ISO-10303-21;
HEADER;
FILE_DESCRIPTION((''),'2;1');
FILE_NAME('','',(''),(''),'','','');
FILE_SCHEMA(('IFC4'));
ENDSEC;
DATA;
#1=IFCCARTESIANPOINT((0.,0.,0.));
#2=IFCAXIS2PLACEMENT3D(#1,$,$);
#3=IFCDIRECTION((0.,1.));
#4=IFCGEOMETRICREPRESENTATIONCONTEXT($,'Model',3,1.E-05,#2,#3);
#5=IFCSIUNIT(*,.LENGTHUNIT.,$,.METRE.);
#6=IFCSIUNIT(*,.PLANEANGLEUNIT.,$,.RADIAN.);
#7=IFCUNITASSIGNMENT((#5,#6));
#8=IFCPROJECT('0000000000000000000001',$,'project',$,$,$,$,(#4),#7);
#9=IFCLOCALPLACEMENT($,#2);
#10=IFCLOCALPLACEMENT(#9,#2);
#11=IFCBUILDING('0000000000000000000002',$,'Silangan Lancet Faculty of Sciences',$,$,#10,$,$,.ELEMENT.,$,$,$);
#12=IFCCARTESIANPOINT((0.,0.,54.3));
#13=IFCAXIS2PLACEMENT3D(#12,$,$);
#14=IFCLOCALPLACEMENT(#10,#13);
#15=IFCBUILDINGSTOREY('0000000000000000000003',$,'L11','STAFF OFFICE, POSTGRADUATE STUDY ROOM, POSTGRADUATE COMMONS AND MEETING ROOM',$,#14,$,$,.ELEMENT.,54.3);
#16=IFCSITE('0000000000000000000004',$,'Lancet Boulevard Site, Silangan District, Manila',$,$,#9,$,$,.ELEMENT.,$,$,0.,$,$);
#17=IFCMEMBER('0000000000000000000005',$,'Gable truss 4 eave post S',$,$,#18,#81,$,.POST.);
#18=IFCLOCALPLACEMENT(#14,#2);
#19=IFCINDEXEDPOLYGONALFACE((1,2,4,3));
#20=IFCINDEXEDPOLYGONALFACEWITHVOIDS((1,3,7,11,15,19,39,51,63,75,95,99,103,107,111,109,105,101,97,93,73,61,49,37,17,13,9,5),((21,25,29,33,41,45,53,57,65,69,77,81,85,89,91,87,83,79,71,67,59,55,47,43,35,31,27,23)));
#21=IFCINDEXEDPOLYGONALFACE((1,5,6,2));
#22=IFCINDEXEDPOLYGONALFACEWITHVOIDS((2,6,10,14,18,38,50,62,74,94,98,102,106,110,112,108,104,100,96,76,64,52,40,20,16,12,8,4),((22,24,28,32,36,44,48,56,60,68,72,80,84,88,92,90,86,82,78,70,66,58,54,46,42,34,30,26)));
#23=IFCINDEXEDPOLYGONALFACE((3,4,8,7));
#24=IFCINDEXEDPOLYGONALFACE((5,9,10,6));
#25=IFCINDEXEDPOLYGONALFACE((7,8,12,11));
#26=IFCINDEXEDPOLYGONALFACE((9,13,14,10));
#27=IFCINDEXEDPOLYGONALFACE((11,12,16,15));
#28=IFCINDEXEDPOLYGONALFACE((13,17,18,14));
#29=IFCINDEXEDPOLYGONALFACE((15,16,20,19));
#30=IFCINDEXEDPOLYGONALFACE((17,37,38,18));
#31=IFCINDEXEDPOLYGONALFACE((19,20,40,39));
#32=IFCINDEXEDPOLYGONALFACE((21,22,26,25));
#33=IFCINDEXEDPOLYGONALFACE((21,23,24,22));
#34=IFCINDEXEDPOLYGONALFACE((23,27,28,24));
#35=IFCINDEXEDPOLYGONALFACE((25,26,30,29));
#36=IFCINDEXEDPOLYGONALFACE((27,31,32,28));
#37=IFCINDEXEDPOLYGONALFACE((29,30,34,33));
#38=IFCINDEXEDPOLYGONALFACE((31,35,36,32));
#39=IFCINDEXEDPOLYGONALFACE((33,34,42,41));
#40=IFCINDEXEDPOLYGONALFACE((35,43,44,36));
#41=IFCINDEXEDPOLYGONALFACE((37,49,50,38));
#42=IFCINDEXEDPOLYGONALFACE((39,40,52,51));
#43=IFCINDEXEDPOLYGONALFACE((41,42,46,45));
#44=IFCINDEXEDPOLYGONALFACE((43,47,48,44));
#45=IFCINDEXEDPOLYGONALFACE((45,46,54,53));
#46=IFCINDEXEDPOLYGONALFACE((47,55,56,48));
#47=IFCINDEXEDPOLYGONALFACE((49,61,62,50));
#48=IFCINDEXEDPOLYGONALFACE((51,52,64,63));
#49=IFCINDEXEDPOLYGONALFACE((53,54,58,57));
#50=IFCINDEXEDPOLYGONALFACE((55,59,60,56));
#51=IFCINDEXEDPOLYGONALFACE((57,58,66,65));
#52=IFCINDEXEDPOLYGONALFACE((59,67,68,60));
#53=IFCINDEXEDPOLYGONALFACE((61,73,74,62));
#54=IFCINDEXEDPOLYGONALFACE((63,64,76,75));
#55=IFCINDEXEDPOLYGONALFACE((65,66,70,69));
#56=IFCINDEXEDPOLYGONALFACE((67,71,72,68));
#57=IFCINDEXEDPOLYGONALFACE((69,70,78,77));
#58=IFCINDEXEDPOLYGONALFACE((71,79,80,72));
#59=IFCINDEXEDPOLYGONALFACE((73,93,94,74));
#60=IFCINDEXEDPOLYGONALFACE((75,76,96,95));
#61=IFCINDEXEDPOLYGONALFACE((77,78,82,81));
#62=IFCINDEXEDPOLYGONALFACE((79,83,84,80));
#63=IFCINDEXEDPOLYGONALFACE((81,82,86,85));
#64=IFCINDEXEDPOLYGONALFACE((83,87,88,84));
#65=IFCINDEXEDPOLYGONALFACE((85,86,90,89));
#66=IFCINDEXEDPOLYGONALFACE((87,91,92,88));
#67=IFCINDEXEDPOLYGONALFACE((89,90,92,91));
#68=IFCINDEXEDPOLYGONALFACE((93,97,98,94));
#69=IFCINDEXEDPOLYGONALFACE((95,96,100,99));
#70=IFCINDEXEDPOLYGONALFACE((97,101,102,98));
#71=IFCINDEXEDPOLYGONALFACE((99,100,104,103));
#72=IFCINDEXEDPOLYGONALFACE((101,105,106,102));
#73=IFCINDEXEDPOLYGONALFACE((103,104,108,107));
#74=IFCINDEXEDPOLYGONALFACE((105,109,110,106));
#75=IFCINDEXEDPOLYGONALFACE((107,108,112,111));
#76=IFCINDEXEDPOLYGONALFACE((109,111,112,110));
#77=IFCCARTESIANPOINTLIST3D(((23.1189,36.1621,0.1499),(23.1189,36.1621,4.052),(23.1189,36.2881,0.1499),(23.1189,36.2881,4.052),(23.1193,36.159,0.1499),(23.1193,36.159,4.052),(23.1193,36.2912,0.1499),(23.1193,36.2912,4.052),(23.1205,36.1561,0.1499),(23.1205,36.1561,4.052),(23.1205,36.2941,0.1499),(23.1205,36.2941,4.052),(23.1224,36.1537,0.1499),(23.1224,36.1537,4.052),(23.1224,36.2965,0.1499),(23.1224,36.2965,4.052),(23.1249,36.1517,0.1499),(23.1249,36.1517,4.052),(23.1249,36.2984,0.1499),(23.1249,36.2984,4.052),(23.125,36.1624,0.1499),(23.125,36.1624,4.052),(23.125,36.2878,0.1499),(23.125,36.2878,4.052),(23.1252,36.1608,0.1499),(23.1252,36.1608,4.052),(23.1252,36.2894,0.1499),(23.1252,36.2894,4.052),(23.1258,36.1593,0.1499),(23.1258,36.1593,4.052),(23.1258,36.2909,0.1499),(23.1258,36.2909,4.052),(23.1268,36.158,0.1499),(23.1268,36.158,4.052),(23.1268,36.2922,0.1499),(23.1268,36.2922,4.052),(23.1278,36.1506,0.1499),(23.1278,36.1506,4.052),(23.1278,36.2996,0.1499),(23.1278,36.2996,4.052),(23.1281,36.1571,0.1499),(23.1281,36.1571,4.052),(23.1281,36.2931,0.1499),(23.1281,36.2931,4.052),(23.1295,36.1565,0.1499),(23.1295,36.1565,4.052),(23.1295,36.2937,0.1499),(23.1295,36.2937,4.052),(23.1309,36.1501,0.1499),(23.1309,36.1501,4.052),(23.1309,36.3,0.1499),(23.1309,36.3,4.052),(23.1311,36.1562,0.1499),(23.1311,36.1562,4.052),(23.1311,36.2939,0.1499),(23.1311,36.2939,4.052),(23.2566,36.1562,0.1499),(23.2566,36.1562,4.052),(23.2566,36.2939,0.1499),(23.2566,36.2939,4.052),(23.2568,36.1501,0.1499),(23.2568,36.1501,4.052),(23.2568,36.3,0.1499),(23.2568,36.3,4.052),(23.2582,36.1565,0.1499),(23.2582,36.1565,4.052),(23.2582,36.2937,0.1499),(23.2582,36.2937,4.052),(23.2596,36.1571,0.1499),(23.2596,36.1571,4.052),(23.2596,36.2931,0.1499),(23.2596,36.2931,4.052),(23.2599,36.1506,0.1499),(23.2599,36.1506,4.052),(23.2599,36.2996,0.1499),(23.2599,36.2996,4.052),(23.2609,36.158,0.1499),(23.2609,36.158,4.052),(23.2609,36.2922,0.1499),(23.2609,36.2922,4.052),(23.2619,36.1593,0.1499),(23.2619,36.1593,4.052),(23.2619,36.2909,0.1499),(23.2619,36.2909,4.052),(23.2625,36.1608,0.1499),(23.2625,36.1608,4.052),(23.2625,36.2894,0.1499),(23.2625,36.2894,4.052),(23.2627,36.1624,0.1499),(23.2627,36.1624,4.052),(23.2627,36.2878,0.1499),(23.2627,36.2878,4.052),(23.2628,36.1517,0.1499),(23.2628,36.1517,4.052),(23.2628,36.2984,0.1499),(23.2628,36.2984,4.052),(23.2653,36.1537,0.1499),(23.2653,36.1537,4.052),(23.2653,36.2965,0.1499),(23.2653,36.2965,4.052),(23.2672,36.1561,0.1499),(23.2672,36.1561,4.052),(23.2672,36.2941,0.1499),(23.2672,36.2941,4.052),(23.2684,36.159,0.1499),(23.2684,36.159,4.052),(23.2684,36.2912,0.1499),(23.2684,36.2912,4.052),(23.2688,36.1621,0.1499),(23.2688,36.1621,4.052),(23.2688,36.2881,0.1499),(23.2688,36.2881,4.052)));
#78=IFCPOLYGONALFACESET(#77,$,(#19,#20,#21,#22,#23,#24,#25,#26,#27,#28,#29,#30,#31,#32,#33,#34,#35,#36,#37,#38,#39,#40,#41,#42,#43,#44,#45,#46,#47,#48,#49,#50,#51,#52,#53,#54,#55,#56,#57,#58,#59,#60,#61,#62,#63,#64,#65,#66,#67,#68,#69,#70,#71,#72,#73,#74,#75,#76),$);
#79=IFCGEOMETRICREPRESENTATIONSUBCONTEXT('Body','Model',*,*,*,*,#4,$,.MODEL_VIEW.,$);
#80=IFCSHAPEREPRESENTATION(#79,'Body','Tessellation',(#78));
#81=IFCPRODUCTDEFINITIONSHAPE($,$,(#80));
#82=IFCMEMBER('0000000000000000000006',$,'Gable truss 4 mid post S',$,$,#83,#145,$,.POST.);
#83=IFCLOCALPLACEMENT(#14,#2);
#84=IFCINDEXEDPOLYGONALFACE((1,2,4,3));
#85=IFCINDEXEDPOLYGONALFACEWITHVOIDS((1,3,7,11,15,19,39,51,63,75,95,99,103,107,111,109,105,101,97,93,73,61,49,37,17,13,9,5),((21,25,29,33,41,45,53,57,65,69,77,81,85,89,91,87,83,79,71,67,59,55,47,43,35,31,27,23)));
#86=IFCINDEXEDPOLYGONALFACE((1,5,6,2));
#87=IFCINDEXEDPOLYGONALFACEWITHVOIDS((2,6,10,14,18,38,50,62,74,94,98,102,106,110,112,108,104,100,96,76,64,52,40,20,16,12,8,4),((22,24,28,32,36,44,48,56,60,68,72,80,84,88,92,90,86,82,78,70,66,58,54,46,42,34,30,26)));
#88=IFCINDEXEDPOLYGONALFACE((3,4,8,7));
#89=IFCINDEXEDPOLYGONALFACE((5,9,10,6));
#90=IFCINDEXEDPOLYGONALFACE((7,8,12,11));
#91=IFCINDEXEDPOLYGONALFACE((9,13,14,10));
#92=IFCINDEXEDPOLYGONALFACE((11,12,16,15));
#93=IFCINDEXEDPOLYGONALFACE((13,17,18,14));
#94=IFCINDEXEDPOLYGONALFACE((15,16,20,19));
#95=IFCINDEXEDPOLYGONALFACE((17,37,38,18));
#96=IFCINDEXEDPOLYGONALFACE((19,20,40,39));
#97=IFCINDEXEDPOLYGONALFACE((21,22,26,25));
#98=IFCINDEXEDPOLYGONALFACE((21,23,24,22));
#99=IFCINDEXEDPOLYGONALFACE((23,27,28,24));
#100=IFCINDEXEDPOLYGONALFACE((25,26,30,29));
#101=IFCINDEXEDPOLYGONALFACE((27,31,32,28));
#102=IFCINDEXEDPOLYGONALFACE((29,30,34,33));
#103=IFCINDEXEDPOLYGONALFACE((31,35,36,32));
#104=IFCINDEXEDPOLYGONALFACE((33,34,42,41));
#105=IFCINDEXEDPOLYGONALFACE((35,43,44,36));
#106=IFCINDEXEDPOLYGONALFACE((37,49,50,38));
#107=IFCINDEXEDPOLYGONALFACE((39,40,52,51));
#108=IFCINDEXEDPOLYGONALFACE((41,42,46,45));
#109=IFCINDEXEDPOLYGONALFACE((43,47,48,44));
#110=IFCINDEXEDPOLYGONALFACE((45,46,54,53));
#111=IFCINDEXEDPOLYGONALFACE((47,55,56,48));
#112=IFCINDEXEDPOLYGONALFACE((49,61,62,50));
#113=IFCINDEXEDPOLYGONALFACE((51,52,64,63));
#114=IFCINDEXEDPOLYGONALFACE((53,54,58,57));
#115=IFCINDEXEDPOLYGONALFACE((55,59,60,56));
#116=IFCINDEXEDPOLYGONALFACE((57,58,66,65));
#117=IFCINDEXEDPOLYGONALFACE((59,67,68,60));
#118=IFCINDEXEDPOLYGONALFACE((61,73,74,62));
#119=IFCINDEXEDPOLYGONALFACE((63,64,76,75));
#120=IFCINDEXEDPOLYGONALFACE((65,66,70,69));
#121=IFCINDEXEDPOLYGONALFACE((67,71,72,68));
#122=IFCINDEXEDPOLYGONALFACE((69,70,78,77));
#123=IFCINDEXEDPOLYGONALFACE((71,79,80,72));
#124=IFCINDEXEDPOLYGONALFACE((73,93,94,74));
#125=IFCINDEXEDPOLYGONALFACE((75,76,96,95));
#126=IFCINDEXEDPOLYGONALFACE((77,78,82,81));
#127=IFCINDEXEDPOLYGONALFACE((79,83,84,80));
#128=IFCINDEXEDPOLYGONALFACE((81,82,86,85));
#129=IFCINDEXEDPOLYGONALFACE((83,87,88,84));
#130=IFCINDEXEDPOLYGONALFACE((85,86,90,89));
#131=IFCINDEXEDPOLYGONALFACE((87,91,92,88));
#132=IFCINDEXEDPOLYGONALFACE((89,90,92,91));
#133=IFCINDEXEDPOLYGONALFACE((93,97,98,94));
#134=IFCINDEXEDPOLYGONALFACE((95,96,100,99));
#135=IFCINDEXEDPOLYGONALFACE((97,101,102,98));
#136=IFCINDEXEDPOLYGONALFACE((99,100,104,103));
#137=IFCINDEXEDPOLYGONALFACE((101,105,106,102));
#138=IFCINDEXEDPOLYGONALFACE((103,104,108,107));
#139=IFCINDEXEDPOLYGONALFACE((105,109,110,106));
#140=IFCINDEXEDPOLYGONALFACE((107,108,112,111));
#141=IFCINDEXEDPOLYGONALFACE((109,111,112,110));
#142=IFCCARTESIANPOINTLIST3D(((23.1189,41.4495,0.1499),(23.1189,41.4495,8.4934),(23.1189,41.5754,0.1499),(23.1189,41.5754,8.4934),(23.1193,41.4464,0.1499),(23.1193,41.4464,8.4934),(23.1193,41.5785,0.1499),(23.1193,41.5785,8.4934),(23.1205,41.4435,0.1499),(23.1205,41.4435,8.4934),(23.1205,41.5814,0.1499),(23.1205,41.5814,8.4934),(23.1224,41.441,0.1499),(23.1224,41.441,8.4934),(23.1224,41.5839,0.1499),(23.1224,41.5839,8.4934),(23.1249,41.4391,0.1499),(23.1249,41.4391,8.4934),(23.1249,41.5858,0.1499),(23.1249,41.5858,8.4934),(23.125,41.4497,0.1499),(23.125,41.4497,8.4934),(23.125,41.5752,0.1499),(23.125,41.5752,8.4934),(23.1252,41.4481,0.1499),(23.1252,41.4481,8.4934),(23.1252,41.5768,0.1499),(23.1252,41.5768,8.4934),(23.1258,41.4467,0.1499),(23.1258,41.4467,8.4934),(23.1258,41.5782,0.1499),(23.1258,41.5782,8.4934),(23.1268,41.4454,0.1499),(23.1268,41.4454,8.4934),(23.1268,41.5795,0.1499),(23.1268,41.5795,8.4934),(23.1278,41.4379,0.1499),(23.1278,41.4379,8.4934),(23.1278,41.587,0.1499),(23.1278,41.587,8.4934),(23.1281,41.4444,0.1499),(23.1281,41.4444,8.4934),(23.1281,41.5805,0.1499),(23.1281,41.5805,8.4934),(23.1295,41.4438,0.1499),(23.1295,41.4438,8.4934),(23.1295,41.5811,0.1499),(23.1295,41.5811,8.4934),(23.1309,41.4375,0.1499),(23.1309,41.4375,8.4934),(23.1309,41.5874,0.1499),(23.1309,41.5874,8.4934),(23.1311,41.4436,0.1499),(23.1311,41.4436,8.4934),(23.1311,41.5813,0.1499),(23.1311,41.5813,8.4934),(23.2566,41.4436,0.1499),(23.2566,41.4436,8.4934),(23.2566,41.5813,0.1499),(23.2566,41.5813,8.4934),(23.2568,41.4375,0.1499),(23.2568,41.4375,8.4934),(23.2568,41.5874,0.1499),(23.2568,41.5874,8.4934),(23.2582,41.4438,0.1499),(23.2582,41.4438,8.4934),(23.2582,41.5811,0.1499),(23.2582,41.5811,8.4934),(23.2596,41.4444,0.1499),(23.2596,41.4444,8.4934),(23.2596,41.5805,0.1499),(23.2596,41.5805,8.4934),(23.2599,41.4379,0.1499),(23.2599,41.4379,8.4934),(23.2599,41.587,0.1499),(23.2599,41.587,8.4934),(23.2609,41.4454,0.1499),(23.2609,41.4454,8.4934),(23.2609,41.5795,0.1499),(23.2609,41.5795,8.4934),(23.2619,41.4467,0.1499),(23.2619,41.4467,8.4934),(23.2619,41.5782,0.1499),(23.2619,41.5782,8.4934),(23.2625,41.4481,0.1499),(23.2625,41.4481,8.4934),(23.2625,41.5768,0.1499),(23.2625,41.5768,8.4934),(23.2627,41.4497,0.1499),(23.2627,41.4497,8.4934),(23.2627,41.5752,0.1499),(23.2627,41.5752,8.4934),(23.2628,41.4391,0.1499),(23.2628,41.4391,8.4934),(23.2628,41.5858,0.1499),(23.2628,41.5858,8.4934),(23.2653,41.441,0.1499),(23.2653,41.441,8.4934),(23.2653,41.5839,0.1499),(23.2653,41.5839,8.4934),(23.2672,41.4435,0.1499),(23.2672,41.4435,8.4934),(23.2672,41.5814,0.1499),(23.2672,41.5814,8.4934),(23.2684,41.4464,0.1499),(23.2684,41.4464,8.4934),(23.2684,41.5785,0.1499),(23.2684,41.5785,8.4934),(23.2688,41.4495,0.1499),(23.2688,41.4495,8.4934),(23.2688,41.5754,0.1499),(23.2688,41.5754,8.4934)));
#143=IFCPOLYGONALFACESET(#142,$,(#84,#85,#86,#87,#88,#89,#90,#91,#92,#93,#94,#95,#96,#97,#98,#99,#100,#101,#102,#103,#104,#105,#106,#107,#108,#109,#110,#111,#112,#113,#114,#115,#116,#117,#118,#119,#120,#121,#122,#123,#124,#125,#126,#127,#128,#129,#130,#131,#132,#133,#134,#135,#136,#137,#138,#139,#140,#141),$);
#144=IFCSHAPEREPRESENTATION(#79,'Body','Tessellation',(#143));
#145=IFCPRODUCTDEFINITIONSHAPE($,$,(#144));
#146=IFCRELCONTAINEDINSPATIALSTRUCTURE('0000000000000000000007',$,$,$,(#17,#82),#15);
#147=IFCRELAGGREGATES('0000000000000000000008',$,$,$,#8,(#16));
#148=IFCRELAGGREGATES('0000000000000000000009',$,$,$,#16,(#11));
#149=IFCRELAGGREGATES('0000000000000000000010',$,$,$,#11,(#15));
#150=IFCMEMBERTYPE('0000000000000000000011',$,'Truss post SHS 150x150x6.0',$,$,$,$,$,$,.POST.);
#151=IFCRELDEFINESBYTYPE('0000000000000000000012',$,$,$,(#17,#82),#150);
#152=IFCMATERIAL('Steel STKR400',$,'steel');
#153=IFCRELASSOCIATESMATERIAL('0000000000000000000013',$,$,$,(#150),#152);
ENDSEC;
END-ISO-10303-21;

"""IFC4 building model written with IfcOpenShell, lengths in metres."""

from ifc_helpers import new_model, si_unit, direction, frame, origin, origin_2d, place, context, subcontext, project, spatial, hollow_rectangle, extrude, material, material_profile, profile_set, type_object, element, save


model = new_model("IFC4")

# Units and contexts
model_context = context("Model", 3, precision=1e-05, world=origin(), true_north=direction((0.0, 1.0)))
body_context = subcontext(model_context, "Body", "Model", "MODEL_VIEW")
ifc_project = project(units=[si_unit("LENGTHUNIT", "METRE"), si_unit("PLANEANGLEUNIT", "RADIAN")], contexts=[model_context])

# Site, building, storey
site_placement = place(None, origin())
site = spatial("IfcSite", under=ifc_project, at=site_placement, Name="Lancet Boulevard Site, Silangan District, Manila", CompositionType="ELEMENT", RefElevation=0.0)
building_placement = place(site_placement, origin())
building = spatial("IfcBuilding", under=site, at=building_placement, Name="Silangan Lancet Faculty of Sciences", CompositionType="ELEMENT")
storey_placement = place(building_placement, frame((0.0, 0.0, 54.3)))
storey = spatial("IfcBuildingStorey", under=building, at=storey_placement, Name="L11", Description="STAFF OFFICE, POSTGRADUATE STUDY ROOM, POSTGRADUATE COMMONS AND MEETING ROOM", CompositionType="ELEMENT", Elevation=54.3)

# Members
ifc_material_1 = material(Name="Steel STKR400", Category="steel")
ifc_material_profile_1 = material_profile(ifc_material_1, hollow_rectangle(XDim=0.1499, YDim=0.1499, WallThickness=0.0061, InnerFilletRadius=0.0061, OuterFilletRadius=0.012, at=origin_2d()), Name="SHS 150x150x6.0")
ifc_profile_set_1 = profile_set([ifc_material_profile_1], Name="Steel STKR400")
member_type_1 = type_object("IfcMemberType", Name="Truss post SHS 150x150x6.0", PredefinedType="POST", material=ifc_profile_set_1)
member_1_placement = place(storey_placement, frame((23.1938, 36.2251, 0.1499), z_axis=(0.0, 0.0, 1.0), x_axis=(1.0, 0.0, 0.0)))
element("IfcMember", 1, at=member_1_placement, inside=storey, type_object=member_type_1, Name="Gable truss 4 eave post S", PredefinedType="POST", context=body_context, shape_type="SweptSolid", body=[
    extrude(hollow_rectangle(XDim=0.1499, YDim=0.1499, WallThickness=0.0061, InnerFilletRadius=0.0061, OuterFilletRadius=0.012, at=origin_2d()), origin(), (0.0, 0.0, 1.0), 3.9021),
])
member_2_placement = place(storey_placement, frame((23.1938, 41.5125, 0.1499), z_axis=(0.0, 0.0, 1.0), x_axis=(1.0, 0.0, 0.0)))
element("IfcMember", 2, at=member_2_placement, inside=storey, type_object=member_type_1, Name="Gable truss 4 mid post S", PredefinedType="POST", context=body_context, shape_type="SweptSolid", body=[
    extrude(hollow_rectangle(XDim=0.1499, YDim=0.1499, WallThickness=0.0061, InnerFilletRadius=0.0061, OuterFilletRadius=0.012, at=origin_2d()), origin(), (0.0, 0.0, 1.0), 8.3435),
])

save(model, "model.ifc")
